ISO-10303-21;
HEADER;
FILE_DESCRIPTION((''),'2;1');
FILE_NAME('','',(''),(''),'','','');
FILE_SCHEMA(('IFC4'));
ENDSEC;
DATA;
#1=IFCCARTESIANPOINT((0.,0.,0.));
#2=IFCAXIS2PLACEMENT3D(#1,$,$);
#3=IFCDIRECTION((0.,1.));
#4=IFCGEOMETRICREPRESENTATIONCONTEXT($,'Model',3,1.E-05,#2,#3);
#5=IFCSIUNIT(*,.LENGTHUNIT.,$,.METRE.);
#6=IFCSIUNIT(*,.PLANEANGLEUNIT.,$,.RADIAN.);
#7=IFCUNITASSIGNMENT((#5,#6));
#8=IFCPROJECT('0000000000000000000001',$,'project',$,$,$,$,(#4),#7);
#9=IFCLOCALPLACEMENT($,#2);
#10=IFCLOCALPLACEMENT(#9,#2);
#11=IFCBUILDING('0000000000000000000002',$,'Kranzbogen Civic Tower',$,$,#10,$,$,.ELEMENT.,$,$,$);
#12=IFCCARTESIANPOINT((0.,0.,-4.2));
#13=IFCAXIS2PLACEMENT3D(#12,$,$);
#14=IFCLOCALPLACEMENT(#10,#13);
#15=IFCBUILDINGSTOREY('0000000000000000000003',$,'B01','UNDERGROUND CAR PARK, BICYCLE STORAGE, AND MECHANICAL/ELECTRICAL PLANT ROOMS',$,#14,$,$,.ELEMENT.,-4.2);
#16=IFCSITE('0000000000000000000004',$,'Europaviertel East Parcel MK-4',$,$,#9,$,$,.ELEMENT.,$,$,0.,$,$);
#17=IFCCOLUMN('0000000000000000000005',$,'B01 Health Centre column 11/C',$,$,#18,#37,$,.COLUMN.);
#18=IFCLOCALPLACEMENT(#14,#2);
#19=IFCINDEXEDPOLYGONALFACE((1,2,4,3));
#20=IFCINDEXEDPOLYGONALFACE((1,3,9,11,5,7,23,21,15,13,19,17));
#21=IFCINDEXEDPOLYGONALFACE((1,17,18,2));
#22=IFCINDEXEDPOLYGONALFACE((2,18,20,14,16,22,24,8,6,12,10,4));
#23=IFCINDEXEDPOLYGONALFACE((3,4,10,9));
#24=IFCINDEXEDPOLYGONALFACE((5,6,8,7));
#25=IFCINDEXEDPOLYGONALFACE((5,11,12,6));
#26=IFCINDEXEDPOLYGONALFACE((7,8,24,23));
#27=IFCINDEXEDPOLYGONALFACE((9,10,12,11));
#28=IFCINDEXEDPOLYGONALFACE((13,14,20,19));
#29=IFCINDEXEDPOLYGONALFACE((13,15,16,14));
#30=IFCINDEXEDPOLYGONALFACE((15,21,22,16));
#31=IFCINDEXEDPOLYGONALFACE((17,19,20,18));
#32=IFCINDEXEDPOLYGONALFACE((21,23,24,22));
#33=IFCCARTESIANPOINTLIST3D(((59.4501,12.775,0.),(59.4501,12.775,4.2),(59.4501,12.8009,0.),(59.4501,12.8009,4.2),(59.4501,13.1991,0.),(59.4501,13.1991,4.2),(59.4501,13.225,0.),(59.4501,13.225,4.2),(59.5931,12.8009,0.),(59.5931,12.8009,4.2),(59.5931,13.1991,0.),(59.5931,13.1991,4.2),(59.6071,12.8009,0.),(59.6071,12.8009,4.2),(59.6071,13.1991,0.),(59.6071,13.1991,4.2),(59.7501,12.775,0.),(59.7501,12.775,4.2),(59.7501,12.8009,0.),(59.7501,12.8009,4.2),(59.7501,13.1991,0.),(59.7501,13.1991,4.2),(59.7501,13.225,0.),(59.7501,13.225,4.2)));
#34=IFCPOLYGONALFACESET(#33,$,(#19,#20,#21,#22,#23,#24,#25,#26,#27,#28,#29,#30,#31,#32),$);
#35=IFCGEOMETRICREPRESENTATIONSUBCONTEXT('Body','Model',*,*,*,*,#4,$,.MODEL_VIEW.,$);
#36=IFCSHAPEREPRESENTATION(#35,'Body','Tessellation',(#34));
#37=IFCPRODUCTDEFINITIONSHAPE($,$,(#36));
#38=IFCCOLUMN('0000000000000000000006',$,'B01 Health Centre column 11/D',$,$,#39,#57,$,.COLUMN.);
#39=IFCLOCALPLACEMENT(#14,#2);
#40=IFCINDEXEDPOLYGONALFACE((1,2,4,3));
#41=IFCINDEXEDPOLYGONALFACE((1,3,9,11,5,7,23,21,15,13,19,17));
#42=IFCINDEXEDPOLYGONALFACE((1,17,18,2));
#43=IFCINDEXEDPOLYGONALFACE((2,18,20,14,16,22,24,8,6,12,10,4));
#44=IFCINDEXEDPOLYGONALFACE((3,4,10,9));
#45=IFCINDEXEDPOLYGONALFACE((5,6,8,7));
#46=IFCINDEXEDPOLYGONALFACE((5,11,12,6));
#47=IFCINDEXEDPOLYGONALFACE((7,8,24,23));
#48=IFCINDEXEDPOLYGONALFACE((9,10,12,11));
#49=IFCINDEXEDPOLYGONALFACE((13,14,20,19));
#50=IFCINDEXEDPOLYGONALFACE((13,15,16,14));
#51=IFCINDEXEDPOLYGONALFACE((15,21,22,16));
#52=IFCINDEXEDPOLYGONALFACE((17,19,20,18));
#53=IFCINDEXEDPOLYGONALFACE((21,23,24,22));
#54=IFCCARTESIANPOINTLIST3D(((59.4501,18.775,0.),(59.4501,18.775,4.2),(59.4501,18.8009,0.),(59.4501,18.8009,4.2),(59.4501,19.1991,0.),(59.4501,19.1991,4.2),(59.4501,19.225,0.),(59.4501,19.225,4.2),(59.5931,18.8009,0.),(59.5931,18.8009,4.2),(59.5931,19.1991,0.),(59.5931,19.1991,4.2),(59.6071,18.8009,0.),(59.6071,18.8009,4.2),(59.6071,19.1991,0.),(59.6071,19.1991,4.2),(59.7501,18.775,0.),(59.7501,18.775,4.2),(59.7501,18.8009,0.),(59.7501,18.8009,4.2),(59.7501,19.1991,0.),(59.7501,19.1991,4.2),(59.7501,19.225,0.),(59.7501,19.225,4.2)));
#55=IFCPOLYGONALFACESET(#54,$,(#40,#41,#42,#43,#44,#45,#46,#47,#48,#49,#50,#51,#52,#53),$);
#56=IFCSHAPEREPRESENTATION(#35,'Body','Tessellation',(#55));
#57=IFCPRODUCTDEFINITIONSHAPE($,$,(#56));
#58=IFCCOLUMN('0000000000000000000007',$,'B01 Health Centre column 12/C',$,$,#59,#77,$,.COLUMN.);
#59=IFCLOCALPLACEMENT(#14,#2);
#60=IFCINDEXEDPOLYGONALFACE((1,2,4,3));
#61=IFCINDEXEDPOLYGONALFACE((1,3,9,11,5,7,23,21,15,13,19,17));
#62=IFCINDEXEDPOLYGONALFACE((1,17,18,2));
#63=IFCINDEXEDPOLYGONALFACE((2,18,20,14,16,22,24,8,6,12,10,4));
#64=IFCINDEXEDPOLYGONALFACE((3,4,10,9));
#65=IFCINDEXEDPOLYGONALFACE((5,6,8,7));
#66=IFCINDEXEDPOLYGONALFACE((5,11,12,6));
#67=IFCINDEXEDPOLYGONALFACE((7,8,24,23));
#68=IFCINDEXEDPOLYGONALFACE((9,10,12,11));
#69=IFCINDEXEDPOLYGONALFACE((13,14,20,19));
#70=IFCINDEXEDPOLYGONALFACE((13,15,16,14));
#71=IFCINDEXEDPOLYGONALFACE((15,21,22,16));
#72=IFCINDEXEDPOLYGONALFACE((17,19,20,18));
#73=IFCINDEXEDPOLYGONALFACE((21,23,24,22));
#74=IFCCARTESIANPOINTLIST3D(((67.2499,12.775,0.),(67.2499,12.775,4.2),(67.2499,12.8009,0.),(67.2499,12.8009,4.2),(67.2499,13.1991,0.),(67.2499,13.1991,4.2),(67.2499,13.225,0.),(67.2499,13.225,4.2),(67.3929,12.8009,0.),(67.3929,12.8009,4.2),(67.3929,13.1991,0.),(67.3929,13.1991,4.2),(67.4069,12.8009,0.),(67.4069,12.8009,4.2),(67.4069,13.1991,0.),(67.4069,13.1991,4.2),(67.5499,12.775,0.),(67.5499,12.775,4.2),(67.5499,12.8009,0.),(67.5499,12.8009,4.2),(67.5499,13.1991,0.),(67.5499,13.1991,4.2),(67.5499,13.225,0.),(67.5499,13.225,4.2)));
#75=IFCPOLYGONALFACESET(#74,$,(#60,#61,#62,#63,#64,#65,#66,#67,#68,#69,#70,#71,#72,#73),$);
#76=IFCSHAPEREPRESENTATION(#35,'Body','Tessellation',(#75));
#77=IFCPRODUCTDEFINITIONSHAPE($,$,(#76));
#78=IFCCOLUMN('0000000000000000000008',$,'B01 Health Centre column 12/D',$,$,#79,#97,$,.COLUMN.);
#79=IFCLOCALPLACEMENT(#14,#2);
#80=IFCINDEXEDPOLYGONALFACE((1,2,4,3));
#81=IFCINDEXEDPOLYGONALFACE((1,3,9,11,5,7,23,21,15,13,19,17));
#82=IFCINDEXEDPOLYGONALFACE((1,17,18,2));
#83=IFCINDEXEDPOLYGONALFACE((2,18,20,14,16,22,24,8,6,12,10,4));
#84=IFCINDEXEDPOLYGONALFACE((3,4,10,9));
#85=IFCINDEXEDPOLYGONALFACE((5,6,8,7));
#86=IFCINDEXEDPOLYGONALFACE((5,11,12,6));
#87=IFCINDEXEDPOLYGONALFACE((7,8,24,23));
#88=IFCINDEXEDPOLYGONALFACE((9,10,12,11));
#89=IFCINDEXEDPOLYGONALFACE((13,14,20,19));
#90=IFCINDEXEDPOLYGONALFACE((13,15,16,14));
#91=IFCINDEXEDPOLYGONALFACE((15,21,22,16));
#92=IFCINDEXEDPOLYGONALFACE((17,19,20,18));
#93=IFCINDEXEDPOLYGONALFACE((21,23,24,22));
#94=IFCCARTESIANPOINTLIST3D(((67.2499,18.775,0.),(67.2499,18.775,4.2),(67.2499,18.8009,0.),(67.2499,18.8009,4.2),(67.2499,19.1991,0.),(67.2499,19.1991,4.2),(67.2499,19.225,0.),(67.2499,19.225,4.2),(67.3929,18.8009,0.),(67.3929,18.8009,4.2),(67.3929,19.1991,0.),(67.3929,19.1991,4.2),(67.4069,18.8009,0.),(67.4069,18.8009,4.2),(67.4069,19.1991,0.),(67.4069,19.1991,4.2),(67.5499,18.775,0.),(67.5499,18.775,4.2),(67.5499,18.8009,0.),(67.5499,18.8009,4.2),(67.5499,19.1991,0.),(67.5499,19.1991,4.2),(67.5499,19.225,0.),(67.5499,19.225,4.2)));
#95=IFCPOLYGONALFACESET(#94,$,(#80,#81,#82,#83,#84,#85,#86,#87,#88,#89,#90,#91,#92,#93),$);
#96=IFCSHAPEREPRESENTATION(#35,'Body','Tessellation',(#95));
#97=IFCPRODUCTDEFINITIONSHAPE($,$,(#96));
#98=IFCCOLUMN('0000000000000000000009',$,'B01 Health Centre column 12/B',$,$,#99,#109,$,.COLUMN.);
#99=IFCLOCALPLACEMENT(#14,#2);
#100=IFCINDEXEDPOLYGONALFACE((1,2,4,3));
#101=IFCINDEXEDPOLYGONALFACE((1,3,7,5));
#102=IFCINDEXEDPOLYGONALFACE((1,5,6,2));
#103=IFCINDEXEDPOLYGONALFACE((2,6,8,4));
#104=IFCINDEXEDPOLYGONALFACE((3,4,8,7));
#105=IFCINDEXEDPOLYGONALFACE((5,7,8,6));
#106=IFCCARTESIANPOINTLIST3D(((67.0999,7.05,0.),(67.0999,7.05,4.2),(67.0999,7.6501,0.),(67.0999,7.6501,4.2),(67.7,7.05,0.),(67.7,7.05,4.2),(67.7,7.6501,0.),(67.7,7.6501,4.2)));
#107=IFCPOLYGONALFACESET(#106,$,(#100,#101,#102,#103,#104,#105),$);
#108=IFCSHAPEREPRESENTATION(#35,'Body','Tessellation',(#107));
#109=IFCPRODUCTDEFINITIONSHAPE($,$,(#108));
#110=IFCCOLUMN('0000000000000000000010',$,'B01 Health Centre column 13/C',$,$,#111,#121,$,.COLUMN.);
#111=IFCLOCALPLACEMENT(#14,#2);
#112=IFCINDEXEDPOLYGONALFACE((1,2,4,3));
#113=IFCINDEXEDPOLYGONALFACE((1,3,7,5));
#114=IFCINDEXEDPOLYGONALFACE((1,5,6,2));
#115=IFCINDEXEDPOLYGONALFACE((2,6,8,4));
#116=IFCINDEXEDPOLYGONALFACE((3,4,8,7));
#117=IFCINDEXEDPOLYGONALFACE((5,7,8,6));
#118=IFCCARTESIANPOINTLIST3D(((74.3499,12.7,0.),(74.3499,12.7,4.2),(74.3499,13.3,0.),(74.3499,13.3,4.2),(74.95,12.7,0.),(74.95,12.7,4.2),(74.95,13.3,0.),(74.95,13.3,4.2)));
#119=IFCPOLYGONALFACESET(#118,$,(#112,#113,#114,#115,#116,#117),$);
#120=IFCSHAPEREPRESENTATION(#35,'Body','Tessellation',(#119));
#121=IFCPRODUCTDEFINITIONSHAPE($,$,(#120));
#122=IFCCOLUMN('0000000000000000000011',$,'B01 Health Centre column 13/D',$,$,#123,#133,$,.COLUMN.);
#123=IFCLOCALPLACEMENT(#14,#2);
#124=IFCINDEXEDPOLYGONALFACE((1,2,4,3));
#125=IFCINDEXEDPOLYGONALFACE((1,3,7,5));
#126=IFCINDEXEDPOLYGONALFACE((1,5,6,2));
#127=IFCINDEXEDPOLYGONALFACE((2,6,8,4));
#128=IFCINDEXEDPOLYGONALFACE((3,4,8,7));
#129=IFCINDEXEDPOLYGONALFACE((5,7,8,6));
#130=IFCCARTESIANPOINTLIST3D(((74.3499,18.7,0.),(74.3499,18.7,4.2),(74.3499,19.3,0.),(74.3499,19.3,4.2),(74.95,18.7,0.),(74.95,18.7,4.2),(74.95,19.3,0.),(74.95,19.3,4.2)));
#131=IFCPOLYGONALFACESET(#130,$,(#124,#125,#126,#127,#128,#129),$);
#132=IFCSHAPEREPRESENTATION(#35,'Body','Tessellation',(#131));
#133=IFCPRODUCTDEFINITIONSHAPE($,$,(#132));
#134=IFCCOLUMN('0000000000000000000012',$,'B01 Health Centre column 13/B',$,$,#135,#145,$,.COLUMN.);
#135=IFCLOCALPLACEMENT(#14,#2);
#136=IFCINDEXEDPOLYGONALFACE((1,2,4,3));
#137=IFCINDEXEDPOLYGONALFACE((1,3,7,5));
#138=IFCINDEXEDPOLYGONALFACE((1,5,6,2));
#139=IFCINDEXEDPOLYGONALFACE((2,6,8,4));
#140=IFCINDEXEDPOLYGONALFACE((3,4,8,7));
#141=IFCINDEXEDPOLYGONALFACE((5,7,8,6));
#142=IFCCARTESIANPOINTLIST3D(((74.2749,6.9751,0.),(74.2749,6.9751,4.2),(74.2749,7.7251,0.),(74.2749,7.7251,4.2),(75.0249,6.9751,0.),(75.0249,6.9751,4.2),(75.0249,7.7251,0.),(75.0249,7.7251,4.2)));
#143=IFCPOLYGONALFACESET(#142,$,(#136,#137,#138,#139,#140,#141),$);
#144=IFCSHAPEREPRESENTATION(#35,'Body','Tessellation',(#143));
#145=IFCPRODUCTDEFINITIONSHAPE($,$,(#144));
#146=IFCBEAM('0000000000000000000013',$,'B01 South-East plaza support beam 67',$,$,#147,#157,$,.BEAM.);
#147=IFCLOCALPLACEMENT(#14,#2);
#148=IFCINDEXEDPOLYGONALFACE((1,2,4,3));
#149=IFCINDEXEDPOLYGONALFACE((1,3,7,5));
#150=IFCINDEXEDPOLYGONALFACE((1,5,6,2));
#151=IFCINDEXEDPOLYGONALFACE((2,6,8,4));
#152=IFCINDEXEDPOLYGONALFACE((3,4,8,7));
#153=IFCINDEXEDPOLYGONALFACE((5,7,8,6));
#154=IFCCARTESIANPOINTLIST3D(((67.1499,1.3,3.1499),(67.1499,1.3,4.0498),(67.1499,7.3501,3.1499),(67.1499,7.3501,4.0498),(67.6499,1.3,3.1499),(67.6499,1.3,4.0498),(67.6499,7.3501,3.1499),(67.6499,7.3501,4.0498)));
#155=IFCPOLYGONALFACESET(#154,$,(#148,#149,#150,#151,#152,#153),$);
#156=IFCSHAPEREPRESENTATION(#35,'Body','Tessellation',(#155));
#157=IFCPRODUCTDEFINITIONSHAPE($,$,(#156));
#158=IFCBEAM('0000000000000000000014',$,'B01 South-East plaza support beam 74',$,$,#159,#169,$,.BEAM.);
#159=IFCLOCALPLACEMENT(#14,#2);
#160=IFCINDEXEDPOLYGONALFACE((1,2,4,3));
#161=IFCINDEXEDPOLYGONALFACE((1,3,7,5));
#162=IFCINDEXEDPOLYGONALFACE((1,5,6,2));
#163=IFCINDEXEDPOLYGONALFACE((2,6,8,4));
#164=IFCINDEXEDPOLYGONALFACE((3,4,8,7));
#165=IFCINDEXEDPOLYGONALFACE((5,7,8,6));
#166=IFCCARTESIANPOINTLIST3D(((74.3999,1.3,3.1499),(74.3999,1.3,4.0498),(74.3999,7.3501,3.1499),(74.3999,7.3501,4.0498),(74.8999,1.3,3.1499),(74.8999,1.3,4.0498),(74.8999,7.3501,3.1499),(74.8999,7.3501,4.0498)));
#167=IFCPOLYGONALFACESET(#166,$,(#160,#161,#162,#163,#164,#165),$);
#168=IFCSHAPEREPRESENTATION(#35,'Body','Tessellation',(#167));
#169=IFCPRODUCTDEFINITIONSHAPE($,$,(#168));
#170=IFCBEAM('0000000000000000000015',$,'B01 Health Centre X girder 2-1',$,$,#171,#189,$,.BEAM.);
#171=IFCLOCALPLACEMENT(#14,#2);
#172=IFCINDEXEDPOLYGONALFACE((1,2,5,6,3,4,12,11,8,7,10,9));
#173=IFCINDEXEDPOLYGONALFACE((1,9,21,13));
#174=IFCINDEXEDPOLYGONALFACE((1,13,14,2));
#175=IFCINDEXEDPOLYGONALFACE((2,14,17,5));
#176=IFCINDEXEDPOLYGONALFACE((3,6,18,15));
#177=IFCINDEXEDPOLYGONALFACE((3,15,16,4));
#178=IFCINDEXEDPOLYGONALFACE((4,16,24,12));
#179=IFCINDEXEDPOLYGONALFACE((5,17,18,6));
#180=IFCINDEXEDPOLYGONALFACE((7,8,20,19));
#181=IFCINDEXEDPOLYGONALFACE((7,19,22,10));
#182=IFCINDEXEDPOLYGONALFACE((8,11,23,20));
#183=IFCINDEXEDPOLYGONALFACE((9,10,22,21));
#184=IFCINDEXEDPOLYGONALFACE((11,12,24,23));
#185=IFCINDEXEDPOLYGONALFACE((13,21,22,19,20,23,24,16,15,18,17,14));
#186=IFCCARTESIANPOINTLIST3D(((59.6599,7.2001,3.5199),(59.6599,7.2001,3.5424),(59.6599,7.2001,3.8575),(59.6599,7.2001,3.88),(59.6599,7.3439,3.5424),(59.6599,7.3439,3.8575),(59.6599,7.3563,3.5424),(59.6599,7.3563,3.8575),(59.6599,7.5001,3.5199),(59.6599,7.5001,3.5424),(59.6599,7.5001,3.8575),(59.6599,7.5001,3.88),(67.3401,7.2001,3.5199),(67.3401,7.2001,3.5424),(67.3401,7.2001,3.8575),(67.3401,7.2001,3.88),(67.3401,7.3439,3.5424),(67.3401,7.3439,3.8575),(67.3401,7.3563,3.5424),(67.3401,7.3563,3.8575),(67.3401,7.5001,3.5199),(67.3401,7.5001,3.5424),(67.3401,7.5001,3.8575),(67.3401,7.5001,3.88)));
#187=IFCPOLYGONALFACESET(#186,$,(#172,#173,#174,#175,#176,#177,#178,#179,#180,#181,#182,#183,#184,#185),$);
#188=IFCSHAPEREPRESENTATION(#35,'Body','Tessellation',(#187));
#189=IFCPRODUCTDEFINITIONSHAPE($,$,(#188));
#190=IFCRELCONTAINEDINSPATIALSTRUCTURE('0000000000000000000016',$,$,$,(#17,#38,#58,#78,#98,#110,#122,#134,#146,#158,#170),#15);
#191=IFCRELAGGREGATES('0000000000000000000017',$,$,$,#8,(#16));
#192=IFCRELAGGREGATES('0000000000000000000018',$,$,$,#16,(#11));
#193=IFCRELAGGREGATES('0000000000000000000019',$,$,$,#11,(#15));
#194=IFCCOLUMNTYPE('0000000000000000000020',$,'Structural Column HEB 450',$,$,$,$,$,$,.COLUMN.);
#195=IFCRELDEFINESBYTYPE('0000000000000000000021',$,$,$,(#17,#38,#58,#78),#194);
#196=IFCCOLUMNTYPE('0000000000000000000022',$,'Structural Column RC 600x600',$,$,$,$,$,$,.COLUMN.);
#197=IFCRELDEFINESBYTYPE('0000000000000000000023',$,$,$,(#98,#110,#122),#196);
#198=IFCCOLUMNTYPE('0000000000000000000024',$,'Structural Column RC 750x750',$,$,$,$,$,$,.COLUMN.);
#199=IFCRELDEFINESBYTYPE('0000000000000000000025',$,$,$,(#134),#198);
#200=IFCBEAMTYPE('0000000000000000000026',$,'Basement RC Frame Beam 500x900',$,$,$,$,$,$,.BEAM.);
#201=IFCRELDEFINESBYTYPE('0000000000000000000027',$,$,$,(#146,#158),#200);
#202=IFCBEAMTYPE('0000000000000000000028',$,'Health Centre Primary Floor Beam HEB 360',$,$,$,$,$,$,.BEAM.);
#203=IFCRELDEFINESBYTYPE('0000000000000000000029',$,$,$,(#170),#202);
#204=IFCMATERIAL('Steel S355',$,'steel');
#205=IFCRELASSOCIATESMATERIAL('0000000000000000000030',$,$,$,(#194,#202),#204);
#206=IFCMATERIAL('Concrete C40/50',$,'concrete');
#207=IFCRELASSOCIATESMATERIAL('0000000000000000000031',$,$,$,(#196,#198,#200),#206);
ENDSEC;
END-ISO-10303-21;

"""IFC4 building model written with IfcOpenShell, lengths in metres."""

from ifc_helpers import new_model, si_unit, direction, frame, origin, origin_2d, place, context, subcontext, project, spatial, rectangle, i_section, extrude, material, material_profile, profile_set, type_object, element, save


model = new_model("IFC4")

# Units and contexts
model_context = context("Model", 3, precision=1e-05, world=origin(), true_north=direction((0.0, 1.0)))
body_context = subcontext(model_context, "Body", "Model", "MODEL_VIEW")
ifc_project = project(units=[si_unit("LENGTHUNIT", "METRE"), si_unit("PLANEANGLEUNIT", "RADIAN")], contexts=[model_context])

# Site, building, storey
site_placement = place(None, origin())
site = spatial("IfcSite", under=ifc_project, at=site_placement, Name="Europaviertel East Parcel MK-4", CompositionType="ELEMENT", RefElevation=0.0)
building_placement = place(site_placement, origin())
building = spatial("IfcBuilding", under=site, at=building_placement, Name="Kranzbogen Civic Tower", CompositionType="ELEMENT")
storey_placement = place(building_placement, frame((0.0, 0.0, -4.2)))
storey = spatial("IfcBuildingStorey", under=building, at=storey_placement, Name="B01", Description="UNDERGROUND CAR PARK, BICYCLE STORAGE, AND MECHANICAL/ELECTRICAL PLANT ROOMS", CompositionType="ELEMENT", Elevation=-4.2)

# Columns
ifc_material_1 = material(Name="Steel S355", Category="steel")
ifc_material_profile_1 = material_profile(ifc_material_1, i_section(OverallWidth=0.3, OverallDepth=0.45, WebThickness=0.0139, FlangeThickness=0.0259, at=origin_2d()), Name="HEB 450")
ifc_profile_set_1 = profile_set([ifc_material_profile_1], Name="Steel S355")
column_type_1 = type_object("IfcColumnType", Name="Structural Column HEB 450", PredefinedType="COLUMN", material=ifc_profile_set_1)
for number, where, z_axis, x_axis, name in (
    (1, (59.6001, 13.0, 0.0), (0.0, 0.0, 1.0), (1.0, 0.0, 0.0), "B01 Health Centre column 11/C"),
    (2, (59.6001, 19.0, 0.0), (0.0, 0.0, 1.0), (1.0, 0.0, 0.0), "B01 Health Centre column 11/D"),
    (3, (67.3999, 13.0, 0.0), (0.0, 0.0, 1.0), (1.0, 0.0, 0.0), "B01 Health Centre column 12/C"),
    (4, (67.3999, 19.0, 0.0), (0.0, 0.0, 1.0), (1.0, 0.0, 0.0), "B01 Health Centre column 12/D"),
):
    element("IfcColumn", number, at=place(storey_placement, frame(where, z_axis=z_axis, x_axis=x_axis)), inside=storey, type_object=column_type_1, Name=name, PredefinedType="COLUMN", context=body_context, shape_type="SweptSolid", body=[
        extrude(i_section(OverallWidth=0.3, OverallDepth=0.45, WebThickness=0.0139, FlangeThickness=0.0259, at=origin_2d()), origin(), (0.0, 0.0, 1.0), 4.2),
    ])
ifc_material_2 = material(Name="Concrete C40/50", Category="concrete")
ifc_material_profile_2 = material_profile(ifc_material_2, rectangle(XDim=0.6001, YDim=0.6001, at=origin_2d()), Name="RC 600x600")
ifc_profile_set_2 = profile_set([ifc_material_profile_2], Name="Concrete C40/50")
column_type_2 = type_object("IfcColumnType", Name="Structural Column RC 600x600", PredefinedType="COLUMN", material=ifc_profile_set_2)
for number, where, z_axis, x_axis, name in (
    (5, (67.3999, 7.3501, 0.0), (0.0, 0.0, 1.0), (1.0, 0.0, 0.0), "B01 Health Centre column 12/B"),
    (6, (74.6499, 13.0, 0.0), (0.0, 0.0, 1.0), (1.0, 0.0, 0.0), "B01 Health Centre column 13/C"),
    (7, (74.6499, 19.0, 0.0), (0.0, 0.0, 1.0), (1.0, 0.0, 0.0), "B01 Health Centre column 13/D"),
):
    element("IfcColumn", number, at=place(storey_placement, frame(where, z_axis=z_axis, x_axis=x_axis)), inside=storey, type_object=column_type_2, Name=name, PredefinedType="COLUMN", context=body_context, shape_type="SweptSolid", body=[
        extrude(rectangle(XDim=0.6001, YDim=0.6001, at=origin_2d()), origin(), (0.0, 0.0, 1.0), 4.2),
    ])
ifc_material_profile_3 = material_profile(ifc_material_2, rectangle(XDim=0.75, YDim=0.75, at=origin_2d()), Name="RC 750x750")
ifc_profile_set_3 = profile_set([ifc_material_profile_3], Name="Concrete C40/50")
column_type_3 = type_object("IfcColumnType", Name="Structural Column RC 750x750", PredefinedType="COLUMN", material=ifc_profile_set_3)
column_placement = place(storey_placement, frame((74.6499, 7.3501, 0.0), z_axis=(0.0, 0.0, 1.0), x_axis=(1.0, 0.0, 0.0)))
element("IfcColumn", 8, at=column_placement, inside=storey, type_object=column_type_3, Name="B01 Health Centre column 13/B", PredefinedType="COLUMN", context=body_context, shape_type="SweptSolid", body=[
    extrude(rectangle(XDim=0.75, YDim=0.75, at=origin_2d()), origin(), (0.0, 0.0, 1.0), 4.2),
])

# Beams
ifc_material_profile_4 = material_profile(ifc_material_2, rectangle(XDim=0.5, YDim=0.8999, at=origin_2d()), Name="RC-BM 500x900")
ifc_profile_set_4 = profile_set([ifc_material_profile_4], Name="Concrete C40/50")
beam_type_1 = type_object("IfcBeamType", Name="Basement RC Frame Beam 500x900", PredefinedType="BEAM", material=ifc_profile_set_4)
for number, where, z_axis, x_axis, name in (
    (9, (67.3999, 1.3, 3.5999), (0.0, 1.0, 0.0), (-1.0, 0.0, 0.0), "B01 South-East plaza support beam 67"),
    (10, (74.6499, 1.3, 3.5999), (0.0, 1.0, 0.0), (-1.0, 0.0, 0.0), "B01 South-East plaza support beam 74"),
):
    element("IfcBeam", number, at=place(storey_placement, frame(where, z_axis=z_axis, x_axis=x_axis)), inside=storey, type_object=beam_type_1, Name=name, PredefinedType="BEAM", context=body_context, shape_type="SweptSolid", body=[
        extrude(rectangle(XDim=0.5, YDim=0.8999, at=origin_2d()), origin(), (0.0, 0.0, 1.0), 6.05),
    ])
ifc_material_profile_5 = material_profile(ifc_material_1, i_section(OverallWidth=0.3, OverallDepth=0.3601, WebThickness=0.0125, FlangeThickness=0.0225, at=origin_2d()), Name="HEB 360")
ifc_profile_set_5 = profile_set([ifc_material_profile_5], Name="Steel S355")
beam_type_2 = type_object("IfcBeamType", Name="Health Centre Primary Floor Beam HEB 360", PredefinedType="BEAM", material=ifc_profile_set_5)
beam_1_placement = place(storey_placement, frame((59.6599, 7.3501, 3.7), z_axis=(1.0, 0.0, 0.0), x_axis=(0.0, 1.0, 0.0)))
element("IfcBeam", 11, at=beam_1_placement, inside=storey, type_object=beam_type_2, Name="B01 Health Centre X girder 2-1", PredefinedType="BEAM", context=body_context, shape_type="SweptSolid", body=[
    extrude(i_section(OverallWidth=0.3, OverallDepth=0.3601, WebThickness=0.0125, FlangeThickness=0.0225, at=origin_2d()), origin(), (0.0, 0.0, 1.0), 7.6802),
])

save(model, "model.ifc")
